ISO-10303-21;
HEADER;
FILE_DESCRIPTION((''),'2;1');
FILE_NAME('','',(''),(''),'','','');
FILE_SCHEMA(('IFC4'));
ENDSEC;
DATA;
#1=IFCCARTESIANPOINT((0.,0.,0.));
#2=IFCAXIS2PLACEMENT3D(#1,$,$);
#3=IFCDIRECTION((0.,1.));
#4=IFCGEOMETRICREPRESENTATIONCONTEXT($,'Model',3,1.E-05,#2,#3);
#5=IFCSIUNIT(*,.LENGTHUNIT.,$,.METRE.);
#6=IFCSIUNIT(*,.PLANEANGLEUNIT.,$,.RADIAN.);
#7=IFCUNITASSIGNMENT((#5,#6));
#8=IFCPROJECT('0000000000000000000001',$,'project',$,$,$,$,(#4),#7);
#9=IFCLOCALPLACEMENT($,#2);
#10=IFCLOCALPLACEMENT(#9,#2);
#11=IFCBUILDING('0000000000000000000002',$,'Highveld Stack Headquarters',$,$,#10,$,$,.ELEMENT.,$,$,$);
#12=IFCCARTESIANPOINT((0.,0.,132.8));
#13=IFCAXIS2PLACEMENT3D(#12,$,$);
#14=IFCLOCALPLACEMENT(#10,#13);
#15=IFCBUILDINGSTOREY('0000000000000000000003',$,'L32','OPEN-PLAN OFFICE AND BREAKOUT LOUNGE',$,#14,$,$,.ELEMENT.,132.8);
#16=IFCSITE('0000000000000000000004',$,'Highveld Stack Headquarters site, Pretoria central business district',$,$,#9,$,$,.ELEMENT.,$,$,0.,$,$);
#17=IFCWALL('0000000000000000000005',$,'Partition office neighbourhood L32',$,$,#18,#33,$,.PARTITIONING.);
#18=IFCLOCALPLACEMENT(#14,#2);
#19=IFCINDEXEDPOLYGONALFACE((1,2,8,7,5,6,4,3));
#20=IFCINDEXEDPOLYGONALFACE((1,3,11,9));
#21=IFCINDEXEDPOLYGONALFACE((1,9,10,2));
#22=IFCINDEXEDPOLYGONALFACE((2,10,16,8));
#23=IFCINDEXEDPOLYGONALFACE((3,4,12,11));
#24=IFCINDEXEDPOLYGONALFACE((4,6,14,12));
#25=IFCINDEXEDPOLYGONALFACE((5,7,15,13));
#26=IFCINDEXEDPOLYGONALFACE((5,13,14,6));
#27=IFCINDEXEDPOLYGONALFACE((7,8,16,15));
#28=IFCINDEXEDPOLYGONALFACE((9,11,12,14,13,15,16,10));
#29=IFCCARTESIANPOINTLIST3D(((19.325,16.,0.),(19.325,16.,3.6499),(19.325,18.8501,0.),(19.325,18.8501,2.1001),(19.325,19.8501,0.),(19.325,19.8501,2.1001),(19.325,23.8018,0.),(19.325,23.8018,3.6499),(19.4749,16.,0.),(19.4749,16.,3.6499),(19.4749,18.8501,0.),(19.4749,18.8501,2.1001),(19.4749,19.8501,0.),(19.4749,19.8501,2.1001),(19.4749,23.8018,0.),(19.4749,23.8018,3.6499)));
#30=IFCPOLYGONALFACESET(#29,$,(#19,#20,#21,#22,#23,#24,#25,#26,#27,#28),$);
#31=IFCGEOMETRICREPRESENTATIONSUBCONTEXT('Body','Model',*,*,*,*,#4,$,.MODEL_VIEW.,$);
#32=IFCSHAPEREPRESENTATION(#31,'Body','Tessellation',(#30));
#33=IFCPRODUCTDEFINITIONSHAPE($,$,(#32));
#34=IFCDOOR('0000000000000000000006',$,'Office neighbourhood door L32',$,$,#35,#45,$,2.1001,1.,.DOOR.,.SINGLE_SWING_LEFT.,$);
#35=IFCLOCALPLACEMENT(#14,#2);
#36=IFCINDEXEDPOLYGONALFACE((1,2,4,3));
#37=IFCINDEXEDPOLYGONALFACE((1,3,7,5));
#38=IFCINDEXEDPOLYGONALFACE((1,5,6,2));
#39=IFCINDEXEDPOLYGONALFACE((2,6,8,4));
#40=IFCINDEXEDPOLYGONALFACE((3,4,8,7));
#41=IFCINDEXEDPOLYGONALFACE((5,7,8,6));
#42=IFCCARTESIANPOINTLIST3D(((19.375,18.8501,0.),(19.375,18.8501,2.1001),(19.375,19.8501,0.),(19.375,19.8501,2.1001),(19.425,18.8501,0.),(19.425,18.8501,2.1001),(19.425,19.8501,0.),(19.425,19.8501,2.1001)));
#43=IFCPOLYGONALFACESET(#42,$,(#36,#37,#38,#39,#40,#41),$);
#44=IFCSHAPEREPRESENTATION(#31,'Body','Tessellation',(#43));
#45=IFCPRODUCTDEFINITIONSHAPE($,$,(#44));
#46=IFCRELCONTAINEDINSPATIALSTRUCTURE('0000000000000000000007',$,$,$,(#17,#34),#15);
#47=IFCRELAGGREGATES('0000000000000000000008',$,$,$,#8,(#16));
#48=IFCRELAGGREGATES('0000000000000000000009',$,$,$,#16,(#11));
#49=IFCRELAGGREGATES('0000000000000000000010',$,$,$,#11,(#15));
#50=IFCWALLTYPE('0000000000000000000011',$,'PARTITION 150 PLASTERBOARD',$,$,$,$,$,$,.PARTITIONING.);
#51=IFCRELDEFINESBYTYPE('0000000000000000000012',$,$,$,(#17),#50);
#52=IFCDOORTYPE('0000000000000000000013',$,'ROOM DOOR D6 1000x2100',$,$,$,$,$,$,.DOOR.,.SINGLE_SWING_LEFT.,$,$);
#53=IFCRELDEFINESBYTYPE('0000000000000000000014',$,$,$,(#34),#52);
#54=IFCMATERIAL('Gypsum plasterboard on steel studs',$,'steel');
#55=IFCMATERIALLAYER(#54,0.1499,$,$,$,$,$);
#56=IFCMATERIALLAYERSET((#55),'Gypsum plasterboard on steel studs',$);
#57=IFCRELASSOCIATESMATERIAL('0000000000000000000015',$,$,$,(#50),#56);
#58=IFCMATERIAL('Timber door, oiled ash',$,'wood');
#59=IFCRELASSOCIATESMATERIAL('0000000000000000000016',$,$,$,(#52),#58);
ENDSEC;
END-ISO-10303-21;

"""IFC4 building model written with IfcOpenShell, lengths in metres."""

from ifc_helpers import new_model, si_unit, direction, frame, frame_2d, origin, place, context, subcontext, project, spatial, rectangle, extrude, material, layer, layer_set, type_object, element, fill, save


model = new_model("IFC4")

# Units and contexts
model_context = context("Model", 3, precision=1e-05, world=origin(), true_north=direction((0.0, 1.0)))
body_context = subcontext(model_context, "Body", "Model", "MODEL_VIEW")
ifc_project = project(units=[si_unit("LENGTHUNIT", "METRE"), si_unit("PLANEANGLEUNIT", "RADIAN")], contexts=[model_context])

# Site, building, storey
site_placement = place(None, origin())
site = spatial("IfcSite", under=ifc_project, at=site_placement, Name="Highveld Stack Headquarters site, Pretoria central business district", CompositionType="ELEMENT", RefElevation=0.0)
building_placement = place(site_placement, origin())
building = spatial("IfcBuilding", under=site, at=building_placement, Name="Highveld Stack Headquarters", CompositionType="ELEMENT")
storey_placement = place(building_placement, frame((0.0, 0.0, 132.8)))
storey = spatial("IfcBuildingStorey", under=building, at=storey_placement, Name="L32", Description="OPEN-PLAN OFFICE AND BREAKOUT LOUNGE", CompositionType="ELEMENT", Elevation=132.8)

# Wall, opening, door
ifc_material_1 = material(Name="Gypsum plasterboard on steel studs", Category="steel")
ifc_layer_1 = layer(ifc_material_1, 0.1499)
ifc_layer_set_1 = layer_set([ifc_layer_1], Name="Gypsum plasterboard on steel studs")
wall_type = type_object("IfcWallType", Name="PARTITION 150 PLASTERBOARD", PredefinedType="PARTITIONING", material=ifc_layer_set_1)
wall_placement = place(storey_placement, frame((19.3999, 16.0, 0.0), z_axis=(0.0, 0.0, 1.0), x_axis=(0.0, 1.0, 0.0)))
wall = element("IfcWall", 1, at=wall_placement, inside=storey, type_object=wall_type, Name="Partition office neighbourhood L32", PredefinedType="PARTITIONING", context=body_context, shape_type="SweptSolid", body=[
    extrude(rectangle(XDim=7.8018, YDim=0.1499, at=frame_2d((3.9009, 0.0))), origin(), (0.0, 0.0, 1.0), 3.6499),
])
opening_placement = place(wall_placement, frame((2.8501, 0.0, 0.0)))
opening = element("IfcOpeningElement", 2, at=opening_placement, cuts=wall, PredefinedType="OPENING", context=body_context, shape_type="SweptSolid", body=[
    extrude(rectangle(XDim=1.0, YDim=2.1001, at=frame_2d((0.5, 1.05))), frame((0.0, 0.085, 0.0), z_axis=(0.0, -1.0, 0.0), x_axis=(1.0, 0.0, 0.0)), (0.0, 0.0, 1.0), 0.1699),
])
ifc_material_2 = material(Name="Timber door, oiled ash", Category="wood")
door_type = type_object("IfcDoorType", Name="ROOM DOOR D6 1000x2100", OperationType="SINGLE_SWING_LEFT", PredefinedType="DOOR", material=ifc_material_2)
door_placement = place(opening_placement, origin())
door = element("IfcDoor", 3, at=door_placement, inside=storey, type_object=door_type, Name="Office neighbourhood door L32", OperationType="SINGLE_SWING_LEFT", OverallHeight=2.1001, OverallWidth=1.0, PredefinedType="DOOR", context=body_context, shape_type="SweptSolid", body=[
    extrude(rectangle(XDim=1.0, YDim=2.1001, at=frame_2d((0.5, 1.05))), frame((0.0, 0.0249, 0.0), z_axis=(0.0, -1.0, 0.0), x_axis=(1.0, 0.0, 0.0)), (0.0, 0.0, 1.0), 0.05),
])
fill(opening, door)

save(model, "model.ifc")
